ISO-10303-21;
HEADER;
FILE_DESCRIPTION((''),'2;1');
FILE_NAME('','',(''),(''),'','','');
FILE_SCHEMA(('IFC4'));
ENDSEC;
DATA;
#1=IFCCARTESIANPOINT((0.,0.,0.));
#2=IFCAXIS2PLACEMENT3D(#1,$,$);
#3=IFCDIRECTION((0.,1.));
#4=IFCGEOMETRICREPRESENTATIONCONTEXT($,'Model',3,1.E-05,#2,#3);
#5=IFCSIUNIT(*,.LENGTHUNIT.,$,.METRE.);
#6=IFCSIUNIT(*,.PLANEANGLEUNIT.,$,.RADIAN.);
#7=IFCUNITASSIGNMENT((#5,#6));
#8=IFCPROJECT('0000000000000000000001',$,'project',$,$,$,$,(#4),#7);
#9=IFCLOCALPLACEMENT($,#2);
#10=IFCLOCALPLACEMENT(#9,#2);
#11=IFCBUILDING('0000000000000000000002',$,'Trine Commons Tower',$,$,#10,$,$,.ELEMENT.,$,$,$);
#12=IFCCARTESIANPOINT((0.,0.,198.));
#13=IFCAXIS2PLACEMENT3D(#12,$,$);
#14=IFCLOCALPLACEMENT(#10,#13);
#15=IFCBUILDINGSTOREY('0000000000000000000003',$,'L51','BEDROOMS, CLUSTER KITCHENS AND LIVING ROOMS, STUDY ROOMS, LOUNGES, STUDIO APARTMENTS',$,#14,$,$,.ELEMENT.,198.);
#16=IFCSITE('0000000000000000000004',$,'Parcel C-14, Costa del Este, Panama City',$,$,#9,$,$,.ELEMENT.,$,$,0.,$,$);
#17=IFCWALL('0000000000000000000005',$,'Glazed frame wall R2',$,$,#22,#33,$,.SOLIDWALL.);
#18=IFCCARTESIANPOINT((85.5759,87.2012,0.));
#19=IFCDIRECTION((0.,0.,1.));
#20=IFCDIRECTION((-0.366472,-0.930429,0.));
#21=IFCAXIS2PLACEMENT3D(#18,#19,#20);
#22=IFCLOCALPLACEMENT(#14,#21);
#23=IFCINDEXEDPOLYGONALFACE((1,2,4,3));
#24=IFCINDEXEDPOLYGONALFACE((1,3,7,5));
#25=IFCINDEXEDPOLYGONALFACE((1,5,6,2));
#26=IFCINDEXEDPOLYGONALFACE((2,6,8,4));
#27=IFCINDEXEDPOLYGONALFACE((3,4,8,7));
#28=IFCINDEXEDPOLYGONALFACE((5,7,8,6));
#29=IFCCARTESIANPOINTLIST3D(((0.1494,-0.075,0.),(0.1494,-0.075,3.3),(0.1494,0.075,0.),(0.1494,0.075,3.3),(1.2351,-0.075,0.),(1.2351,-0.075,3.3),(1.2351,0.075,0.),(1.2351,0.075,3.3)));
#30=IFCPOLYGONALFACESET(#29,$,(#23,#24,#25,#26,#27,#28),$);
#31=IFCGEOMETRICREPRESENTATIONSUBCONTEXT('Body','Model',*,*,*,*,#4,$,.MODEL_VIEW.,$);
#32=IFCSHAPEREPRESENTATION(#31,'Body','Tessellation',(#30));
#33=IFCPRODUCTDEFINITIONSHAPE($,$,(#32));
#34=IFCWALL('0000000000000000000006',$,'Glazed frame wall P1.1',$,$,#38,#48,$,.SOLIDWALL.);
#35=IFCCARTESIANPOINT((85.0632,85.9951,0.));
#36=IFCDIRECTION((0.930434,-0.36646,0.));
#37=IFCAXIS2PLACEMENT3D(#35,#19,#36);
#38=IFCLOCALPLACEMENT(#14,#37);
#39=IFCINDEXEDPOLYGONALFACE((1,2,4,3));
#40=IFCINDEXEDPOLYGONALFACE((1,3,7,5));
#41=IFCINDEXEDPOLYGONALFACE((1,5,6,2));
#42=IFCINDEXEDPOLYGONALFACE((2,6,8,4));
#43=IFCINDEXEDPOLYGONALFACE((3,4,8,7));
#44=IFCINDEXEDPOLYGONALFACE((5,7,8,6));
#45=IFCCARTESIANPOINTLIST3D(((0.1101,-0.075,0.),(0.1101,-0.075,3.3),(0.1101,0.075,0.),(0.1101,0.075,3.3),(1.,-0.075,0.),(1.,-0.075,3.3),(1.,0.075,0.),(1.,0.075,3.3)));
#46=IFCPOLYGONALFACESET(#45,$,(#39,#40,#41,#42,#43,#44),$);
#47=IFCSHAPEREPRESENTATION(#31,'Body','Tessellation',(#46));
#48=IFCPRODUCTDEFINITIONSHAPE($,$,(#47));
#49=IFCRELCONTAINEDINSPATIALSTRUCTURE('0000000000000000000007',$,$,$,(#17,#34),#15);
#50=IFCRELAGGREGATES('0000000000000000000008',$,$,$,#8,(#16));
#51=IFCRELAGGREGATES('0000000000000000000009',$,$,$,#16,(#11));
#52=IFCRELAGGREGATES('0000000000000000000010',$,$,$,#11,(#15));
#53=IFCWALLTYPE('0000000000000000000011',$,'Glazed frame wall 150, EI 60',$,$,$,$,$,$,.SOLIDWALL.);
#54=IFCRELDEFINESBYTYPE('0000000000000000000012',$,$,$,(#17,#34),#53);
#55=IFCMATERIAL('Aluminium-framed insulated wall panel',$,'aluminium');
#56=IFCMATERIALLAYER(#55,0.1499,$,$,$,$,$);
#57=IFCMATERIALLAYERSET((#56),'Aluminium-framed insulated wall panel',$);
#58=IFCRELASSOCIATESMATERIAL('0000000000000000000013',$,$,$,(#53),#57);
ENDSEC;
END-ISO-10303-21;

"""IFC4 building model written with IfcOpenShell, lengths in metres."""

from ifc_helpers import new_model, si_unit, direction, frame, origin, place, context, subcontext, project, spatial, polyline, outline, extrude, material, layer, layer_set, type_object, element, save


model = new_model("IFC4")

# Units and contexts
model_context = context("Model", 3, precision=1e-05, world=origin(), true_north=direction((0.0, 1.0)))
body_context = subcontext(model_context, "Body", "Model", "MODEL_VIEW")
ifc_project = project(units=[si_unit("LENGTHUNIT", "METRE"), si_unit("PLANEANGLEUNIT", "RADIAN")], contexts=[model_context])

# Site, building, storey
site_placement = place(None, origin())
site = spatial("IfcSite", under=ifc_project, at=site_placement, Name="Parcel C-14, Costa del Este, Panama City", CompositionType="ELEMENT", RefElevation=0.0)
building_placement = place(site_placement, origin())
building = spatial("IfcBuilding", under=site, at=building_placement, Name="Trine Commons Tower", CompositionType="ELEMENT")
storey_placement = place(building_placement, frame((0.0, 0.0, 198.0)))
storey = spatial("IfcBuildingStorey", under=building, at=storey_placement, Name="L51", Description="BEDROOMS, CLUSTER KITCHENS AND LIVING ROOMS, STUDY ROOMS, LOUNGES, STUDIO APARTMENTS", CompositionType="ELEMENT", Elevation=198.0)

# Walls
ifc_material_1 = material(Name="Aluminium-framed insulated wall panel", Category="aluminium")
ifc_layer_1 = layer(ifc_material_1, 0.1499)
ifc_layer_set_1 = layer_set([ifc_layer_1], Name="Aluminium-framed insulated wall panel")
wall_type_1 = type_object("IfcWallType", Name="Glazed frame wall 150, EI 60", PredefinedType="SOLIDWALL", material=ifc_layer_set_1)
wall_1_placement = place(storey_placement, frame((85.5759, 87.2012, 0.0), z_axis=(0.0, 0.0, 1.0), x_axis=(-0.366472, -0.930429, 0.0)))
element("IfcWall", 1, at=wall_1_placement, inside=storey, type_object=wall_type_1, Name="Glazed frame wall R2", PredefinedType="SOLIDWALL", context=body_context, shape_type="SweptSolid", body=[
    extrude(outline(polyline([(0.1494, 0.075), (0.1494, -0.075), (1.2351, -0.075), (1.2351, 0.075), (0.1494, 0.075)])), origin(), (0.0, 0.0, 1.0), 3.3),
])
wall_2_placement = place(storey_placement, frame((85.0632, 85.9951, 0.0), z_axis=(0.0, 0.0, 1.0), x_axis=(0.930434, -0.36646, 0.0)))
element("IfcWall", 2, at=wall_2_placement, inside=storey, type_object=wall_type_1, Name="Glazed frame wall P1.1", PredefinedType="SOLIDWALL", context=body_context, shape_type="SweptSolid", body=[
    extrude(outline(polyline([(0.1101, -0.075), (1.0, -0.075), (1.0, 0.075), (0.1101, 0.075), (0.1101, -0.075)])), origin(), (0.0, 0.0, 1.0), 3.3),
])

save(model, "model.ifc")
